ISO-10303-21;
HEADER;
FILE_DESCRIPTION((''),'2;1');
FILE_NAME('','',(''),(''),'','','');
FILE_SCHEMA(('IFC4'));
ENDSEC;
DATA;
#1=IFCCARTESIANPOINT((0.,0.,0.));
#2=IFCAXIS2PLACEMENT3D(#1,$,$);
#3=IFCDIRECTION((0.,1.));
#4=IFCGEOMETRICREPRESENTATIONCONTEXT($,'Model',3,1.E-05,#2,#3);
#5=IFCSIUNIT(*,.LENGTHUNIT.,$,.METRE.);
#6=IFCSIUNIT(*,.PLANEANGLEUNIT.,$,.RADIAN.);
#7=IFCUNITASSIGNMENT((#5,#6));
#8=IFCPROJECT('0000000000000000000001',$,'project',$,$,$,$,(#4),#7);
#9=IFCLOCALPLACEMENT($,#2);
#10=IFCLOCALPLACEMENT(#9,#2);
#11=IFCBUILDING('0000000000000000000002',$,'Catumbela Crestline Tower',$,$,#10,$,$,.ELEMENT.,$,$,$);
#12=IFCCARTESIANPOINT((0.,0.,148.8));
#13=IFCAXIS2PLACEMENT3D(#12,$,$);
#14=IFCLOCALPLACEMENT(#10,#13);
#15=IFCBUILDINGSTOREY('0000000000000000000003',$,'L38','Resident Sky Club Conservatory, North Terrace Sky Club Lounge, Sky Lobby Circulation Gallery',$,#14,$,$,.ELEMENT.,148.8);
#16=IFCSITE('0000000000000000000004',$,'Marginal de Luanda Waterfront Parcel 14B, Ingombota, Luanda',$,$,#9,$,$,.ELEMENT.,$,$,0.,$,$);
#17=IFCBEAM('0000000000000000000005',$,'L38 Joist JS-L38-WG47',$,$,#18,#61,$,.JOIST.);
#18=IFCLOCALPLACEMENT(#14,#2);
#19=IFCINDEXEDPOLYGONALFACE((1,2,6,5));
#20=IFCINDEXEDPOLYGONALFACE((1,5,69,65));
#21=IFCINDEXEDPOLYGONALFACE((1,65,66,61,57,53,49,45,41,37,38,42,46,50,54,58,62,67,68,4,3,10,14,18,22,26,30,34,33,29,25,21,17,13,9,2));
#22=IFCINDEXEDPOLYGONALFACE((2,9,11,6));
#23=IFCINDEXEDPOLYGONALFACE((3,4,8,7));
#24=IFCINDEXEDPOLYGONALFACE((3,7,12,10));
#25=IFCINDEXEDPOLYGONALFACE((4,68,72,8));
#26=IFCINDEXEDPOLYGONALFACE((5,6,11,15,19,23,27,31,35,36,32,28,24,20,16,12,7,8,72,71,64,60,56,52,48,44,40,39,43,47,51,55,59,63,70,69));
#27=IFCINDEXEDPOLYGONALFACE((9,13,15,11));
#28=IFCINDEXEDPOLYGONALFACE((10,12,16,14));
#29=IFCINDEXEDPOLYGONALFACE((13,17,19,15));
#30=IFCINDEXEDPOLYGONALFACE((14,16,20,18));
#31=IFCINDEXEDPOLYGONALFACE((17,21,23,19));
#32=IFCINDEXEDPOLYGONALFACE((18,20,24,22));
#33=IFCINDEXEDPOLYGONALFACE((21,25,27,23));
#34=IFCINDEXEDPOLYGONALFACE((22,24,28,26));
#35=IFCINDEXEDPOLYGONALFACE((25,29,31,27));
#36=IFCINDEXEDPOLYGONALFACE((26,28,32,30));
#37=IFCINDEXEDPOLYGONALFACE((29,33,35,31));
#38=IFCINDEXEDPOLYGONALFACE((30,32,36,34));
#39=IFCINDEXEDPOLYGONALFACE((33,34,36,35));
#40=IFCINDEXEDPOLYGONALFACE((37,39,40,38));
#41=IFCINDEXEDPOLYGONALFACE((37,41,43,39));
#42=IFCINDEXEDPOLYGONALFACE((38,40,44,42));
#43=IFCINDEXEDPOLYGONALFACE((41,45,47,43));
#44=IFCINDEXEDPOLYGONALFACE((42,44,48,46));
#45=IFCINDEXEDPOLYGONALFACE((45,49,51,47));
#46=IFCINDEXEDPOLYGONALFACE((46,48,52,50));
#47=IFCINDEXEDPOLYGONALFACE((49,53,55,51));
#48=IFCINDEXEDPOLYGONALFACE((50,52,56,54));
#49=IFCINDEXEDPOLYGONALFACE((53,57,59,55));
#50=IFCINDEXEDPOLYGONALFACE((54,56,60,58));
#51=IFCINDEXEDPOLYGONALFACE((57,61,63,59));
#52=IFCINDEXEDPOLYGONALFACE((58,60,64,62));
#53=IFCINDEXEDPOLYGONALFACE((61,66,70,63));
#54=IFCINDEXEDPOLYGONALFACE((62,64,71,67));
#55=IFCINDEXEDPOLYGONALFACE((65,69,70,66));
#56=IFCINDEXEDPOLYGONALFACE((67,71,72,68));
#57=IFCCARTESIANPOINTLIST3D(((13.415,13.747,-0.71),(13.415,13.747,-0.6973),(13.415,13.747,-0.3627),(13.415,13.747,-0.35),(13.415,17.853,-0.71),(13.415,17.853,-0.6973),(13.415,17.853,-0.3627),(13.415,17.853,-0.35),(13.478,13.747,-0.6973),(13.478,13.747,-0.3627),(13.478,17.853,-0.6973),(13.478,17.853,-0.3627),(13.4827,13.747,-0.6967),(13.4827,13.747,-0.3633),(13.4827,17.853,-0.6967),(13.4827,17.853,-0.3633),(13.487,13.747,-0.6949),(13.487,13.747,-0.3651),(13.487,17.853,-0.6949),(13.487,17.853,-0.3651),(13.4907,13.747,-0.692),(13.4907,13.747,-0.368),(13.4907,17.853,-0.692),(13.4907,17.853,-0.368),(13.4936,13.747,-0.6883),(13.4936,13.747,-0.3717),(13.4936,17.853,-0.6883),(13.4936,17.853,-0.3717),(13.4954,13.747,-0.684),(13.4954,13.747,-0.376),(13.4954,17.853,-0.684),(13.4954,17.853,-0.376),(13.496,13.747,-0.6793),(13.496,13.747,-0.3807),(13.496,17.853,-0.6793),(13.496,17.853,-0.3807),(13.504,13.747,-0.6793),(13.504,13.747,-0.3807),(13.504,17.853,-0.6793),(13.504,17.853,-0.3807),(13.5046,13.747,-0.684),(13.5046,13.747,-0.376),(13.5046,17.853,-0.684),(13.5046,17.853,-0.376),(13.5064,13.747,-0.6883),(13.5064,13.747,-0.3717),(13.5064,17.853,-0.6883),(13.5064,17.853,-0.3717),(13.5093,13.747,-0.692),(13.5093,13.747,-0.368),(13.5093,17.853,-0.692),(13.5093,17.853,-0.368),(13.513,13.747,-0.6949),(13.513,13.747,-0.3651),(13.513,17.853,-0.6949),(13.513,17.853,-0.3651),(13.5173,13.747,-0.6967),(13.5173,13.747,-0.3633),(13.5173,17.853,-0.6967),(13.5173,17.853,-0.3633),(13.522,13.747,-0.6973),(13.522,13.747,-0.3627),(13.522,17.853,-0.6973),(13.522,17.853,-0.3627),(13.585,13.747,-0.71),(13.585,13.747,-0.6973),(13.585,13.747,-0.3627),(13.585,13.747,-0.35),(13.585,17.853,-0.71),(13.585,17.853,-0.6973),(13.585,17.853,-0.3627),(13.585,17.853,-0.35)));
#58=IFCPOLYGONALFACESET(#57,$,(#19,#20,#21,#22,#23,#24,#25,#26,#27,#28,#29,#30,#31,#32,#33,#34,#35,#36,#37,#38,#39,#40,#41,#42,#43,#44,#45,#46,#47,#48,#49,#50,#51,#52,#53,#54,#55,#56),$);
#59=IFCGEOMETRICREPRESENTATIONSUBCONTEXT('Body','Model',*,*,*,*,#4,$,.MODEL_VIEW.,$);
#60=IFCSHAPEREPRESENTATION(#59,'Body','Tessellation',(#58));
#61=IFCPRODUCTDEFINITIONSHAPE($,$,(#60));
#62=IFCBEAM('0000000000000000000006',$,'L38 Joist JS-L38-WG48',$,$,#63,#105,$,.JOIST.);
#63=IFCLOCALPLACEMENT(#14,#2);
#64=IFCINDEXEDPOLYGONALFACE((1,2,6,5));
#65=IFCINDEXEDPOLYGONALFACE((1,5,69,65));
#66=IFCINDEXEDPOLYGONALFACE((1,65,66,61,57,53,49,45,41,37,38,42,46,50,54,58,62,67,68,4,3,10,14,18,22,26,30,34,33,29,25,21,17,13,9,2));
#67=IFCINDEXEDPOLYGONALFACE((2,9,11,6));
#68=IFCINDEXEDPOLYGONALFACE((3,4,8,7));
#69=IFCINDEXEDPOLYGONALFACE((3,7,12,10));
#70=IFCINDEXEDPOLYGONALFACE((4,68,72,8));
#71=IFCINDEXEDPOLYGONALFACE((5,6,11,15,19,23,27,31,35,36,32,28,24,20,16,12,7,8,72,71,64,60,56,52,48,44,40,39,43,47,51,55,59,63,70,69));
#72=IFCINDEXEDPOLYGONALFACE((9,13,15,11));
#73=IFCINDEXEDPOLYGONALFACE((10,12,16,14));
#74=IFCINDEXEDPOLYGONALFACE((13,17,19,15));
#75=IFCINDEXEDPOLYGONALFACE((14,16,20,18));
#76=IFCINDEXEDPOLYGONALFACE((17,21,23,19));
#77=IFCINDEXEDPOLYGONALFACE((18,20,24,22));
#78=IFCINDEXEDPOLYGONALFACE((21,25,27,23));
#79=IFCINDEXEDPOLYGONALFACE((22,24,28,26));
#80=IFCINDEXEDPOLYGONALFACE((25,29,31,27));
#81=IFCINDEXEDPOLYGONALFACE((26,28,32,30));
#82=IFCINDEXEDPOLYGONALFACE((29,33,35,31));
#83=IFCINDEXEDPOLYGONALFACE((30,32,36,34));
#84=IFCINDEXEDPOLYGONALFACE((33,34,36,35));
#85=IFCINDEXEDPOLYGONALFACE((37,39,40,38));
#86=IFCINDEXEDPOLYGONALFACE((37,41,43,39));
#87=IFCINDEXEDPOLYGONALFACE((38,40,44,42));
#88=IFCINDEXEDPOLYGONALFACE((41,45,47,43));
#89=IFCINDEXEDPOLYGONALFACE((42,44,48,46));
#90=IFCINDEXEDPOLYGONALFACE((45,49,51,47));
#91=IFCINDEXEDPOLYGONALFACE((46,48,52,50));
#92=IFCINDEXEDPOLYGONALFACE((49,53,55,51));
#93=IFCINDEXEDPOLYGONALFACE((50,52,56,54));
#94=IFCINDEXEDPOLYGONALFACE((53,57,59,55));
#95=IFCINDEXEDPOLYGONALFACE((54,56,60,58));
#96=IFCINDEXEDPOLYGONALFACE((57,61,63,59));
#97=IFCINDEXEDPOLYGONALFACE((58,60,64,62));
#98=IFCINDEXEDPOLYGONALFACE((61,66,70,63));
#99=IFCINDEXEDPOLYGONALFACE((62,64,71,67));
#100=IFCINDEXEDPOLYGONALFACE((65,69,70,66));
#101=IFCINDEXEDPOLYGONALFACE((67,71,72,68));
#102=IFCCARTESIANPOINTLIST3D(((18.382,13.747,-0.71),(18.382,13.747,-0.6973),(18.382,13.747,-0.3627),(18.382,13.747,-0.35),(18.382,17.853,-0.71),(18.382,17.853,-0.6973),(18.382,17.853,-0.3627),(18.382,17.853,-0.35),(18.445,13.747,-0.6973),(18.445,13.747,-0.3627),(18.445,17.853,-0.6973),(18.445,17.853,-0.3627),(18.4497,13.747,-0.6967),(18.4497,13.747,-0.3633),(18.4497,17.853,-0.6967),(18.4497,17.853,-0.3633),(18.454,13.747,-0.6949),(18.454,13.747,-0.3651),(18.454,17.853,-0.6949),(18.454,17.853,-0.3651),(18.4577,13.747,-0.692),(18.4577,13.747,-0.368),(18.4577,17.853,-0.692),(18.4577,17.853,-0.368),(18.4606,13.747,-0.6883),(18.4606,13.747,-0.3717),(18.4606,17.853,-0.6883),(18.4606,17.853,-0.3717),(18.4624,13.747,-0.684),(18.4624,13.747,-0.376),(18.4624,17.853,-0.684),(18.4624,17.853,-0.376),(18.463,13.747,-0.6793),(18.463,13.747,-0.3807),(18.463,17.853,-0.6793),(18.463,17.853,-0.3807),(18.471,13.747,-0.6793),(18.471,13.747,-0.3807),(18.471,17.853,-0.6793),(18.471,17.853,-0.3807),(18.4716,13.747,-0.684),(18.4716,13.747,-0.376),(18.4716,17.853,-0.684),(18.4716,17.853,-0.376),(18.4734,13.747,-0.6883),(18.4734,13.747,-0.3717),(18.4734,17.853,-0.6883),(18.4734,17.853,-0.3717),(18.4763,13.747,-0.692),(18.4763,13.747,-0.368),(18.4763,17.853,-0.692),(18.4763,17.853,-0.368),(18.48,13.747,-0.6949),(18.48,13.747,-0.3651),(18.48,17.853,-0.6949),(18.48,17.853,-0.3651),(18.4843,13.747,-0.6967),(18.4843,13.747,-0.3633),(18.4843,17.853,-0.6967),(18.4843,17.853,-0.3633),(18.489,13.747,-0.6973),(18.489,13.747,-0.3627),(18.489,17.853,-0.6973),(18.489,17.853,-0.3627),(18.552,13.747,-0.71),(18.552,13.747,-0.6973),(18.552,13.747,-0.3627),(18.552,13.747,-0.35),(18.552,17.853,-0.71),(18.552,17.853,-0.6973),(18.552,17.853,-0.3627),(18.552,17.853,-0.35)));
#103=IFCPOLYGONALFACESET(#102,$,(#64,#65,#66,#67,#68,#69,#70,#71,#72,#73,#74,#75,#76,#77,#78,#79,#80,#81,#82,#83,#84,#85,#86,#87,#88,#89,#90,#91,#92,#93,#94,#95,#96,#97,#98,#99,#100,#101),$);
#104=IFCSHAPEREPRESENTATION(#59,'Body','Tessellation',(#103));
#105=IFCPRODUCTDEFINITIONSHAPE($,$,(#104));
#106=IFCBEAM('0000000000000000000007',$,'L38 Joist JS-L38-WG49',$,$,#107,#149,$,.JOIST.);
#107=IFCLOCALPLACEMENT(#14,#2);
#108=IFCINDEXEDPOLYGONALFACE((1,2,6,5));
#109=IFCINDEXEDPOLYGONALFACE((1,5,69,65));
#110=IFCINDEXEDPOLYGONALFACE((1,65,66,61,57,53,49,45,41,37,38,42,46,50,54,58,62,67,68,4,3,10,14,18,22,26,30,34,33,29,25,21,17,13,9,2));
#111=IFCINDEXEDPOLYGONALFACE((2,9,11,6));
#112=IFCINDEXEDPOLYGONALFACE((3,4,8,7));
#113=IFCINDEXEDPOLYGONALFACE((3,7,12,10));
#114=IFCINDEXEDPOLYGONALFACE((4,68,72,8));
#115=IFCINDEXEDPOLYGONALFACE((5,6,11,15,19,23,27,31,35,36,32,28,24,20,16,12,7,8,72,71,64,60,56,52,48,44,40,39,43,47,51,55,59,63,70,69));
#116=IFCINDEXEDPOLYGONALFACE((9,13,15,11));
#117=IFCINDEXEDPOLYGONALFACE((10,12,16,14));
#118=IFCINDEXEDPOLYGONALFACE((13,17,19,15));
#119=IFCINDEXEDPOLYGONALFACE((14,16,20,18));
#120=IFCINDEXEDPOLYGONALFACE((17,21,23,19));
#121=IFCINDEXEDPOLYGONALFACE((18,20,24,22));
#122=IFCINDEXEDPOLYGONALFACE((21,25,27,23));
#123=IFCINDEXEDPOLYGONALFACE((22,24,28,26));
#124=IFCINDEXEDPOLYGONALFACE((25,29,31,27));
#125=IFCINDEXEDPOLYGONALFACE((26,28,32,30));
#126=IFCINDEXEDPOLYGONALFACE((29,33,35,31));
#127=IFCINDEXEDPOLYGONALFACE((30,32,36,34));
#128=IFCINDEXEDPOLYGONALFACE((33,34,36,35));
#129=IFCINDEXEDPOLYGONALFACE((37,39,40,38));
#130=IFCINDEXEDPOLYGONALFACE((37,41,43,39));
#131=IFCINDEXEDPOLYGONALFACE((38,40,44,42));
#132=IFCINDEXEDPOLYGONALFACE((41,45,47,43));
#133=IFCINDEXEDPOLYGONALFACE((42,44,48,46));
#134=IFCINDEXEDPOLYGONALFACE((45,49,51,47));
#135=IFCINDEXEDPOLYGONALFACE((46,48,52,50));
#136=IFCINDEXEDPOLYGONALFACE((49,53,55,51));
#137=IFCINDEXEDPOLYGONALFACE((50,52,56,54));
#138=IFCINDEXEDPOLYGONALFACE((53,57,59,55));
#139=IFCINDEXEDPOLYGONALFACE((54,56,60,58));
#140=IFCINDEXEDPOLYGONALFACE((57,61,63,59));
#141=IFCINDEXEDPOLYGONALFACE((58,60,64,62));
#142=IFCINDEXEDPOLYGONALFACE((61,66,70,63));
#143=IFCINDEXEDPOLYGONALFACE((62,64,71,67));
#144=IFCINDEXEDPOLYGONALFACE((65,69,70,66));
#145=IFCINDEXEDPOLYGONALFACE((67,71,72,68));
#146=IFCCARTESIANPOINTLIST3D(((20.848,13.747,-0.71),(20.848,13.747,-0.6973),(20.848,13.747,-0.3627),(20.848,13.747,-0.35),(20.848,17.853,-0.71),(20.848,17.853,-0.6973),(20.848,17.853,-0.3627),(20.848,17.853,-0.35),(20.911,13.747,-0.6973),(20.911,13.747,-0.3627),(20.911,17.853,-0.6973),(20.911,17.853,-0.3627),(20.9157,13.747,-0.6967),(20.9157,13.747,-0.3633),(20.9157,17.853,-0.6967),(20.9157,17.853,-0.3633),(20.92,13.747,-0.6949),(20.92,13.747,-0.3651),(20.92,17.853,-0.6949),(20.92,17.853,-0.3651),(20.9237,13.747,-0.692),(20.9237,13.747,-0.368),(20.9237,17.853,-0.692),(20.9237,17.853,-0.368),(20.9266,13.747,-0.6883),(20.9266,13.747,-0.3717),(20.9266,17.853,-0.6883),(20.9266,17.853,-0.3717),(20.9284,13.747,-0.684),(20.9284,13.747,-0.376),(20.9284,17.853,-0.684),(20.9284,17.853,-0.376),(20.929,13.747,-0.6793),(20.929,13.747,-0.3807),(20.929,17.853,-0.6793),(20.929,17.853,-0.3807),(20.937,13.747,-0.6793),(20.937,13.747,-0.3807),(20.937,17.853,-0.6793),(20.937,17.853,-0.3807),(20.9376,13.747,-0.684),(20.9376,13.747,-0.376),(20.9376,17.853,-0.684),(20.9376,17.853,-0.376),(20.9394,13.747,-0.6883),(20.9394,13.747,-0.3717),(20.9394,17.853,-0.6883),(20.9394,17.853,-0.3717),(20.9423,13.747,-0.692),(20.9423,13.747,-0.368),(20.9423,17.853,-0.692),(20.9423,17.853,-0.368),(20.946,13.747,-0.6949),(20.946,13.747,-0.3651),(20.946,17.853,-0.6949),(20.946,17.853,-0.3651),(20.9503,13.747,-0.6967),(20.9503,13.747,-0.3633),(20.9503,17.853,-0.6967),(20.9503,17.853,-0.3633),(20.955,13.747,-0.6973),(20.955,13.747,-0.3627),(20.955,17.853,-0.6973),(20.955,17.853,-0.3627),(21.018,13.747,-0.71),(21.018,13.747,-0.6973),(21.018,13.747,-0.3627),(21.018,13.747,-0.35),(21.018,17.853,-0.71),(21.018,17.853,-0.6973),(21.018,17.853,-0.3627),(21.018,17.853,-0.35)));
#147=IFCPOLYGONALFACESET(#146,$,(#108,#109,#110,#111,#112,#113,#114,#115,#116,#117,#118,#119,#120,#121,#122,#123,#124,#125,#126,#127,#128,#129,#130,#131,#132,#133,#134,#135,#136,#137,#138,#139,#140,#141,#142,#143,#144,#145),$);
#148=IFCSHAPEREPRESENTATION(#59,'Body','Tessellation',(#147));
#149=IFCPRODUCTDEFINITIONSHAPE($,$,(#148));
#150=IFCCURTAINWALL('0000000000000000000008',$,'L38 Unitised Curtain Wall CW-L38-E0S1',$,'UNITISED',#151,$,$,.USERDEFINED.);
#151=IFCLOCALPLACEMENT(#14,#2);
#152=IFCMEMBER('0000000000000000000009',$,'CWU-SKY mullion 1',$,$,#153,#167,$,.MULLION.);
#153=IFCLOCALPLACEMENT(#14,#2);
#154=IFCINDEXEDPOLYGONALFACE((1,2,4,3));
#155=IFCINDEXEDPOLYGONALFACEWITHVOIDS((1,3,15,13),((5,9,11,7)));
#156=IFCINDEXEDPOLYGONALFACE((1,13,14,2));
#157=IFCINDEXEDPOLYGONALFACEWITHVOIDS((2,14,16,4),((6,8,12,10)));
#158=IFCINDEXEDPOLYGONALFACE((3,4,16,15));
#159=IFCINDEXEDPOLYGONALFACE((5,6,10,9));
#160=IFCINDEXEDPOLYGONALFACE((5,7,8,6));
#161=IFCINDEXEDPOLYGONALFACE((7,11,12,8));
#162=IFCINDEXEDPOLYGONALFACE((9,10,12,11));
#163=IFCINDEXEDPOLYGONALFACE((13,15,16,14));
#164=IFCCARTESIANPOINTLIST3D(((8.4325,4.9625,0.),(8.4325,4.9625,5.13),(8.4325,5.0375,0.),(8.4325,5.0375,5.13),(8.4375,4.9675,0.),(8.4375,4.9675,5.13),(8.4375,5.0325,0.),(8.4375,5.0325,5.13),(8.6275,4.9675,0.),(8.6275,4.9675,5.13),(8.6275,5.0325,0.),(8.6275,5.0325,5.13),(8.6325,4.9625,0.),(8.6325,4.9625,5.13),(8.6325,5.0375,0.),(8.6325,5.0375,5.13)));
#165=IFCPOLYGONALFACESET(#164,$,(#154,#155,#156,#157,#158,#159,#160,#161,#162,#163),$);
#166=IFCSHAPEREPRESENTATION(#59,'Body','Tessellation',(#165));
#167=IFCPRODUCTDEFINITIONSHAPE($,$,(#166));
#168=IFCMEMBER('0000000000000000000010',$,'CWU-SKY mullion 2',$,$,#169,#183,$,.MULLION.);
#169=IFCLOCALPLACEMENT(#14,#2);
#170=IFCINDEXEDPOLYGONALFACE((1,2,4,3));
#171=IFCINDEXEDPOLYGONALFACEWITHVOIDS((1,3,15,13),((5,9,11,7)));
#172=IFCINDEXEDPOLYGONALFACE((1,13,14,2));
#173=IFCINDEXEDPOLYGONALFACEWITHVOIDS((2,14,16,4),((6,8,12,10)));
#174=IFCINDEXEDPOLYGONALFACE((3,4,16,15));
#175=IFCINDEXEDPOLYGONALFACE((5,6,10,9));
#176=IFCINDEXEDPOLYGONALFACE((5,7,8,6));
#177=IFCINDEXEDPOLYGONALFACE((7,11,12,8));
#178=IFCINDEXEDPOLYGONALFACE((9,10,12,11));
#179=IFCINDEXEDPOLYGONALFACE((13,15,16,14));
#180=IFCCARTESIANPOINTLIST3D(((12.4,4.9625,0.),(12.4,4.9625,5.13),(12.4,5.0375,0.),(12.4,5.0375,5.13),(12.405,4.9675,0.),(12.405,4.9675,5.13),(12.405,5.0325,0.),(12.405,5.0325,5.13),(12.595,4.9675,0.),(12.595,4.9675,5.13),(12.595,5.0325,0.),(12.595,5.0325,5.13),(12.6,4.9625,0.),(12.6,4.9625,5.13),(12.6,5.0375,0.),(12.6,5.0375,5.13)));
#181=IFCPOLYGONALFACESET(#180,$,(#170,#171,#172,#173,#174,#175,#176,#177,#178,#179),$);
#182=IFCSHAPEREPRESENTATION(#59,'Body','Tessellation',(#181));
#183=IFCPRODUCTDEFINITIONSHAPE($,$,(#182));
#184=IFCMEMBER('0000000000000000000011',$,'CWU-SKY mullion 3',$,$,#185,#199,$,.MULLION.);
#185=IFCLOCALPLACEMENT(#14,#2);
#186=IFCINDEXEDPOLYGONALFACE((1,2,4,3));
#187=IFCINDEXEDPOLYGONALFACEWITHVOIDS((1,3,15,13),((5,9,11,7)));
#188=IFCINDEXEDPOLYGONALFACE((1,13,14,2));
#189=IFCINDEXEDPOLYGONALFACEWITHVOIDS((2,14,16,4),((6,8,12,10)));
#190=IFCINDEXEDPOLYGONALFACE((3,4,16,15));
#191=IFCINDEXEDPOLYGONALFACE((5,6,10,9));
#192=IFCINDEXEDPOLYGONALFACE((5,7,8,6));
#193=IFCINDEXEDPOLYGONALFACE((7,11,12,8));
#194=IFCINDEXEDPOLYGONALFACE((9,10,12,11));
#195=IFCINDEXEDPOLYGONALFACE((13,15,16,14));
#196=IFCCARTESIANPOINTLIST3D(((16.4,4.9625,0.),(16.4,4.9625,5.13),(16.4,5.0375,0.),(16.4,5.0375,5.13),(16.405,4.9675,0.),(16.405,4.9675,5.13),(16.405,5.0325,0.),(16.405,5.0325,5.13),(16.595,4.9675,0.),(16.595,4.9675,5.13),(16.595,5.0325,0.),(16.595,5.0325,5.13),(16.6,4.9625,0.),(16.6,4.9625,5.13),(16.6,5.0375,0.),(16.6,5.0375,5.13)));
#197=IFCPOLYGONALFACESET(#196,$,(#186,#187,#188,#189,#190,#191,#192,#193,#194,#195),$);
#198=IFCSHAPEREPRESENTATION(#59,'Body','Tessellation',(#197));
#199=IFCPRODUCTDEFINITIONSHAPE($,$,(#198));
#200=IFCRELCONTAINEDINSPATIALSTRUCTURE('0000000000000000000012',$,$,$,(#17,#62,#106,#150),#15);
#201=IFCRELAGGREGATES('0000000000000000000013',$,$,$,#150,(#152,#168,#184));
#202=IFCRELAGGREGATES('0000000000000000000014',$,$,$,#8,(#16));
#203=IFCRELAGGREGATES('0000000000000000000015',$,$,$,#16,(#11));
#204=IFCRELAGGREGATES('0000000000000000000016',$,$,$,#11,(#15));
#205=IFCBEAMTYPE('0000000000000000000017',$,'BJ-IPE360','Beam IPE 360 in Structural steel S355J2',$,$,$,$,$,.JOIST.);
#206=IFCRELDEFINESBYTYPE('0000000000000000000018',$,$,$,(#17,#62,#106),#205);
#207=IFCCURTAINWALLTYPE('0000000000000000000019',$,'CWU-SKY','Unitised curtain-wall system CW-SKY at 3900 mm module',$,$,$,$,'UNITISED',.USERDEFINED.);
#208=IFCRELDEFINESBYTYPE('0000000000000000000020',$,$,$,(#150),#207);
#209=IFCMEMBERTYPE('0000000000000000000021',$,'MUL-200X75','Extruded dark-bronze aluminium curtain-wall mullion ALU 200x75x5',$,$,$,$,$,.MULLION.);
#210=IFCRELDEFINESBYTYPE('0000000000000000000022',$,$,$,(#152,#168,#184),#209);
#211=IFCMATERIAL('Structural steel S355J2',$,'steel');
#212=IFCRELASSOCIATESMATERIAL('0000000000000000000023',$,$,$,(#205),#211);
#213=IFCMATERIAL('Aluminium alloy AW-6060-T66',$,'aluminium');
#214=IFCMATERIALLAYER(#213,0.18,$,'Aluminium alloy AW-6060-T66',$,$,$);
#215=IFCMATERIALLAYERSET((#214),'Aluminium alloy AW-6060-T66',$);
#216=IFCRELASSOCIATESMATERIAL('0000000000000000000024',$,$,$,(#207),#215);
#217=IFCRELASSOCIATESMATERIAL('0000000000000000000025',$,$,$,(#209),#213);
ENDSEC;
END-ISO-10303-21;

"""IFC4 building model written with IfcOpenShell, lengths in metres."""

from ifc_helpers import new_model, si_unit, direction, frame, origin, origin_2d, place, context, subcontext, project, spatial, hollow_rectangle, i_section, extrude, material, layer, layer_set, material_profile, profile_set, type_object, element, aggregate, save


model = new_model("IFC4")

# Units and contexts
model_context = context("Model", 3, precision=1e-05, world=origin(), true_north=direction((0.0, 1.0)))
body_context = subcontext(model_context, "Body", "Model", "MODEL_VIEW")
ifc_project = project(units=[si_unit("LENGTHUNIT", "METRE"), si_unit("PLANEANGLEUNIT", "RADIAN")], contexts=[model_context])

# Site, building, storey
site_placement = place(None, origin())
site = spatial("IfcSite", under=ifc_project, at=site_placement, Name="Marginal de Luanda Waterfront Parcel 14B, Ingombota, Luanda", CompositionType="ELEMENT", RefElevation=0.0)
building_placement = place(site_placement, origin())
building = spatial("IfcBuilding", under=site, at=building_placement, Name="Catumbela Crestline Tower", CompositionType="ELEMENT")
storey_placement = place(building_placement, frame((0.0, 0.0, 148.8)))
storey = spatial("IfcBuildingStorey", under=building, at=storey_placement, Name="L38", Description="Resident Sky Club Conservatory, North Terrace Sky Club Lounge, Sky Lobby Circulation Gallery", CompositionType="ELEMENT", Elevation=148.8)

# Beams
ifc_material_1 = material(Name="Structural steel S355J2", Category="steel")
ifc_material_profile_1 = material_profile(ifc_material_1, i_section(OverallWidth=0.17, OverallDepth=0.36, WebThickness=0.008, FlangeThickness=0.0127, FilletRadius=0.018, at=origin_2d()), Name="IPE 360")
ifc_profile_set_1 = profile_set([ifc_material_profile_1], Name="Structural steel S355J2")
beam_type_1 = type_object("IfcBeamType", Name="BJ-IPE360", Description="Beam IPE 360 in Structural steel S355J2", PredefinedType="JOIST", material=ifc_profile_set_1)
for number, where, z_axis, x_axis, name in (
    (1, (13.5, 13.747, -0.53), (0.0, 1.0, 0.0), (-1.0, 0.0, 0.0), "L38 Joist JS-L38-WG47"),
    (2, (18.467, 13.747, -0.53), (0.0, 1.0, 0.0), (-1.0, 0.0, 0.0), "L38 Joist JS-L38-WG48"),
    (3, (20.933, 13.747, -0.53), (0.0, 1.0, 0.0), (-1.0, 0.0, 0.0), "L38 Joist JS-L38-WG49"),
):
    element("IfcBeam", number, at=place(storey_placement, frame(where, z_axis=z_axis, x_axis=x_axis)), inside=storey, type_object=beam_type_1, Name=name, PredefinedType="JOIST", context=body_context, shape_type="SweptSolid", body=[
        extrude(i_section(OverallWidth=0.17, OverallDepth=0.36, WebThickness=0.008, FlangeThickness=0.0127, FilletRadius=0.018, at=origin_2d()), origin(), (0.0, 0.0, 1.0), 4.106),
    ])

# Curtain wall, members
ifc_material_2 = material(Name="Aluminium alloy AW-6060-T66", Category="aluminium")
ifc_layer_1 = layer(ifc_material_2, 0.18, Name="Aluminium alloy AW-6060-T66")
ifc_layer_set_1 = layer_set([ifc_layer_1], Name="Aluminium alloy AW-6060-T66")
curtain_wall_type = type_object("IfcCurtainWallType", Name="CWU-SKY", Description="Unitised curtain-wall system CW-SKY at 3900 mm module", ElementType="UNITISED", PredefinedType="USERDEFINED", material=ifc_layer_set_1)
curtain_wall_1_placement = place(storey_placement, origin())
curtain_wall_1 = element("IfcCurtainWall", 4, at=curtain_wall_1_placement, inside=storey, type_object=curtain_wall_type, Name="L38 Unitised Curtain Wall CW-L38-E0S1", ObjectType="UNITISED", PredefinedType="USERDEFINED")
ifc_material_profile_2 = material_profile(ifc_material_2, hollow_rectangle(XDim=0.075, YDim=0.2, WallThickness=0.005, at=origin_2d()), Name="ALU 200x75x5")
ifc_profile_set_2 = profile_set([ifc_material_profile_2], Name="Aluminium alloy AW-6060-T66")
member_type_1 = type_object("IfcMemberType", Name="MUL-200X75", Description="Extruded dark-bronze aluminium curtain-wall mullion ALU 200x75x5", PredefinedType="MULLION", material=ifc_profile_set_2)
member_1_placement = place(storey_placement, frame((8.5325, 5.0, 0.0), z_axis=(0.0, 0.0, 1.0), x_axis=(0.0, 1.0, 0.0)))
member_1 = element("IfcMember", 5, at=member_1_placement, type_object=member_type_1, Name="CWU-SKY mullion 1", PredefinedType="MULLION", context=body_context, shape_type="SweptSolid", body=[
    extrude(hollow_rectangle(XDim=0.075, YDim=0.2, WallThickness=0.005, at=origin_2d()), origin(), (0.0, 0.0, 1.0), 5.13),
])
member_2_placement = place(storey_placement, frame((12.5, 5.0, 0.0), z_axis=(0.0, 0.0, 1.0), x_axis=(0.0, 1.0, 0.0)))
member_2 = element("IfcMember", 6, at=member_2_placement, type_object=member_type_1, Name="CWU-SKY mullion 2", PredefinedType="MULLION", context=body_context, shape_type="SweptSolid", body=[
    extrude(hollow_rectangle(XDim=0.075, YDim=0.2, WallThickness=0.005, at=origin_2d()), origin(), (0.0, 0.0, 1.0), 5.13),
])
member_3_placement = place(storey_placement, frame((16.5, 5.0, 0.0), z_axis=(0.0, 0.0, 1.0), x_axis=(0.0, 1.0, 0.0)))
member_3 = element("IfcMember", 7, at=member_3_placement, type_object=member_type_1, Name="CWU-SKY mullion 3", PredefinedType="MULLION", context=body_context, shape_type="SweptSolid", body=[
    extrude(hollow_rectangle(XDim=0.075, YDim=0.2, WallThickness=0.005, at=origin_2d()), origin(), (0.0, 0.0, 1.0), 5.13),
])

aggregate(curtain_wall_1, [member_1, member_2, member_3])

save(model, "model.ifc")
